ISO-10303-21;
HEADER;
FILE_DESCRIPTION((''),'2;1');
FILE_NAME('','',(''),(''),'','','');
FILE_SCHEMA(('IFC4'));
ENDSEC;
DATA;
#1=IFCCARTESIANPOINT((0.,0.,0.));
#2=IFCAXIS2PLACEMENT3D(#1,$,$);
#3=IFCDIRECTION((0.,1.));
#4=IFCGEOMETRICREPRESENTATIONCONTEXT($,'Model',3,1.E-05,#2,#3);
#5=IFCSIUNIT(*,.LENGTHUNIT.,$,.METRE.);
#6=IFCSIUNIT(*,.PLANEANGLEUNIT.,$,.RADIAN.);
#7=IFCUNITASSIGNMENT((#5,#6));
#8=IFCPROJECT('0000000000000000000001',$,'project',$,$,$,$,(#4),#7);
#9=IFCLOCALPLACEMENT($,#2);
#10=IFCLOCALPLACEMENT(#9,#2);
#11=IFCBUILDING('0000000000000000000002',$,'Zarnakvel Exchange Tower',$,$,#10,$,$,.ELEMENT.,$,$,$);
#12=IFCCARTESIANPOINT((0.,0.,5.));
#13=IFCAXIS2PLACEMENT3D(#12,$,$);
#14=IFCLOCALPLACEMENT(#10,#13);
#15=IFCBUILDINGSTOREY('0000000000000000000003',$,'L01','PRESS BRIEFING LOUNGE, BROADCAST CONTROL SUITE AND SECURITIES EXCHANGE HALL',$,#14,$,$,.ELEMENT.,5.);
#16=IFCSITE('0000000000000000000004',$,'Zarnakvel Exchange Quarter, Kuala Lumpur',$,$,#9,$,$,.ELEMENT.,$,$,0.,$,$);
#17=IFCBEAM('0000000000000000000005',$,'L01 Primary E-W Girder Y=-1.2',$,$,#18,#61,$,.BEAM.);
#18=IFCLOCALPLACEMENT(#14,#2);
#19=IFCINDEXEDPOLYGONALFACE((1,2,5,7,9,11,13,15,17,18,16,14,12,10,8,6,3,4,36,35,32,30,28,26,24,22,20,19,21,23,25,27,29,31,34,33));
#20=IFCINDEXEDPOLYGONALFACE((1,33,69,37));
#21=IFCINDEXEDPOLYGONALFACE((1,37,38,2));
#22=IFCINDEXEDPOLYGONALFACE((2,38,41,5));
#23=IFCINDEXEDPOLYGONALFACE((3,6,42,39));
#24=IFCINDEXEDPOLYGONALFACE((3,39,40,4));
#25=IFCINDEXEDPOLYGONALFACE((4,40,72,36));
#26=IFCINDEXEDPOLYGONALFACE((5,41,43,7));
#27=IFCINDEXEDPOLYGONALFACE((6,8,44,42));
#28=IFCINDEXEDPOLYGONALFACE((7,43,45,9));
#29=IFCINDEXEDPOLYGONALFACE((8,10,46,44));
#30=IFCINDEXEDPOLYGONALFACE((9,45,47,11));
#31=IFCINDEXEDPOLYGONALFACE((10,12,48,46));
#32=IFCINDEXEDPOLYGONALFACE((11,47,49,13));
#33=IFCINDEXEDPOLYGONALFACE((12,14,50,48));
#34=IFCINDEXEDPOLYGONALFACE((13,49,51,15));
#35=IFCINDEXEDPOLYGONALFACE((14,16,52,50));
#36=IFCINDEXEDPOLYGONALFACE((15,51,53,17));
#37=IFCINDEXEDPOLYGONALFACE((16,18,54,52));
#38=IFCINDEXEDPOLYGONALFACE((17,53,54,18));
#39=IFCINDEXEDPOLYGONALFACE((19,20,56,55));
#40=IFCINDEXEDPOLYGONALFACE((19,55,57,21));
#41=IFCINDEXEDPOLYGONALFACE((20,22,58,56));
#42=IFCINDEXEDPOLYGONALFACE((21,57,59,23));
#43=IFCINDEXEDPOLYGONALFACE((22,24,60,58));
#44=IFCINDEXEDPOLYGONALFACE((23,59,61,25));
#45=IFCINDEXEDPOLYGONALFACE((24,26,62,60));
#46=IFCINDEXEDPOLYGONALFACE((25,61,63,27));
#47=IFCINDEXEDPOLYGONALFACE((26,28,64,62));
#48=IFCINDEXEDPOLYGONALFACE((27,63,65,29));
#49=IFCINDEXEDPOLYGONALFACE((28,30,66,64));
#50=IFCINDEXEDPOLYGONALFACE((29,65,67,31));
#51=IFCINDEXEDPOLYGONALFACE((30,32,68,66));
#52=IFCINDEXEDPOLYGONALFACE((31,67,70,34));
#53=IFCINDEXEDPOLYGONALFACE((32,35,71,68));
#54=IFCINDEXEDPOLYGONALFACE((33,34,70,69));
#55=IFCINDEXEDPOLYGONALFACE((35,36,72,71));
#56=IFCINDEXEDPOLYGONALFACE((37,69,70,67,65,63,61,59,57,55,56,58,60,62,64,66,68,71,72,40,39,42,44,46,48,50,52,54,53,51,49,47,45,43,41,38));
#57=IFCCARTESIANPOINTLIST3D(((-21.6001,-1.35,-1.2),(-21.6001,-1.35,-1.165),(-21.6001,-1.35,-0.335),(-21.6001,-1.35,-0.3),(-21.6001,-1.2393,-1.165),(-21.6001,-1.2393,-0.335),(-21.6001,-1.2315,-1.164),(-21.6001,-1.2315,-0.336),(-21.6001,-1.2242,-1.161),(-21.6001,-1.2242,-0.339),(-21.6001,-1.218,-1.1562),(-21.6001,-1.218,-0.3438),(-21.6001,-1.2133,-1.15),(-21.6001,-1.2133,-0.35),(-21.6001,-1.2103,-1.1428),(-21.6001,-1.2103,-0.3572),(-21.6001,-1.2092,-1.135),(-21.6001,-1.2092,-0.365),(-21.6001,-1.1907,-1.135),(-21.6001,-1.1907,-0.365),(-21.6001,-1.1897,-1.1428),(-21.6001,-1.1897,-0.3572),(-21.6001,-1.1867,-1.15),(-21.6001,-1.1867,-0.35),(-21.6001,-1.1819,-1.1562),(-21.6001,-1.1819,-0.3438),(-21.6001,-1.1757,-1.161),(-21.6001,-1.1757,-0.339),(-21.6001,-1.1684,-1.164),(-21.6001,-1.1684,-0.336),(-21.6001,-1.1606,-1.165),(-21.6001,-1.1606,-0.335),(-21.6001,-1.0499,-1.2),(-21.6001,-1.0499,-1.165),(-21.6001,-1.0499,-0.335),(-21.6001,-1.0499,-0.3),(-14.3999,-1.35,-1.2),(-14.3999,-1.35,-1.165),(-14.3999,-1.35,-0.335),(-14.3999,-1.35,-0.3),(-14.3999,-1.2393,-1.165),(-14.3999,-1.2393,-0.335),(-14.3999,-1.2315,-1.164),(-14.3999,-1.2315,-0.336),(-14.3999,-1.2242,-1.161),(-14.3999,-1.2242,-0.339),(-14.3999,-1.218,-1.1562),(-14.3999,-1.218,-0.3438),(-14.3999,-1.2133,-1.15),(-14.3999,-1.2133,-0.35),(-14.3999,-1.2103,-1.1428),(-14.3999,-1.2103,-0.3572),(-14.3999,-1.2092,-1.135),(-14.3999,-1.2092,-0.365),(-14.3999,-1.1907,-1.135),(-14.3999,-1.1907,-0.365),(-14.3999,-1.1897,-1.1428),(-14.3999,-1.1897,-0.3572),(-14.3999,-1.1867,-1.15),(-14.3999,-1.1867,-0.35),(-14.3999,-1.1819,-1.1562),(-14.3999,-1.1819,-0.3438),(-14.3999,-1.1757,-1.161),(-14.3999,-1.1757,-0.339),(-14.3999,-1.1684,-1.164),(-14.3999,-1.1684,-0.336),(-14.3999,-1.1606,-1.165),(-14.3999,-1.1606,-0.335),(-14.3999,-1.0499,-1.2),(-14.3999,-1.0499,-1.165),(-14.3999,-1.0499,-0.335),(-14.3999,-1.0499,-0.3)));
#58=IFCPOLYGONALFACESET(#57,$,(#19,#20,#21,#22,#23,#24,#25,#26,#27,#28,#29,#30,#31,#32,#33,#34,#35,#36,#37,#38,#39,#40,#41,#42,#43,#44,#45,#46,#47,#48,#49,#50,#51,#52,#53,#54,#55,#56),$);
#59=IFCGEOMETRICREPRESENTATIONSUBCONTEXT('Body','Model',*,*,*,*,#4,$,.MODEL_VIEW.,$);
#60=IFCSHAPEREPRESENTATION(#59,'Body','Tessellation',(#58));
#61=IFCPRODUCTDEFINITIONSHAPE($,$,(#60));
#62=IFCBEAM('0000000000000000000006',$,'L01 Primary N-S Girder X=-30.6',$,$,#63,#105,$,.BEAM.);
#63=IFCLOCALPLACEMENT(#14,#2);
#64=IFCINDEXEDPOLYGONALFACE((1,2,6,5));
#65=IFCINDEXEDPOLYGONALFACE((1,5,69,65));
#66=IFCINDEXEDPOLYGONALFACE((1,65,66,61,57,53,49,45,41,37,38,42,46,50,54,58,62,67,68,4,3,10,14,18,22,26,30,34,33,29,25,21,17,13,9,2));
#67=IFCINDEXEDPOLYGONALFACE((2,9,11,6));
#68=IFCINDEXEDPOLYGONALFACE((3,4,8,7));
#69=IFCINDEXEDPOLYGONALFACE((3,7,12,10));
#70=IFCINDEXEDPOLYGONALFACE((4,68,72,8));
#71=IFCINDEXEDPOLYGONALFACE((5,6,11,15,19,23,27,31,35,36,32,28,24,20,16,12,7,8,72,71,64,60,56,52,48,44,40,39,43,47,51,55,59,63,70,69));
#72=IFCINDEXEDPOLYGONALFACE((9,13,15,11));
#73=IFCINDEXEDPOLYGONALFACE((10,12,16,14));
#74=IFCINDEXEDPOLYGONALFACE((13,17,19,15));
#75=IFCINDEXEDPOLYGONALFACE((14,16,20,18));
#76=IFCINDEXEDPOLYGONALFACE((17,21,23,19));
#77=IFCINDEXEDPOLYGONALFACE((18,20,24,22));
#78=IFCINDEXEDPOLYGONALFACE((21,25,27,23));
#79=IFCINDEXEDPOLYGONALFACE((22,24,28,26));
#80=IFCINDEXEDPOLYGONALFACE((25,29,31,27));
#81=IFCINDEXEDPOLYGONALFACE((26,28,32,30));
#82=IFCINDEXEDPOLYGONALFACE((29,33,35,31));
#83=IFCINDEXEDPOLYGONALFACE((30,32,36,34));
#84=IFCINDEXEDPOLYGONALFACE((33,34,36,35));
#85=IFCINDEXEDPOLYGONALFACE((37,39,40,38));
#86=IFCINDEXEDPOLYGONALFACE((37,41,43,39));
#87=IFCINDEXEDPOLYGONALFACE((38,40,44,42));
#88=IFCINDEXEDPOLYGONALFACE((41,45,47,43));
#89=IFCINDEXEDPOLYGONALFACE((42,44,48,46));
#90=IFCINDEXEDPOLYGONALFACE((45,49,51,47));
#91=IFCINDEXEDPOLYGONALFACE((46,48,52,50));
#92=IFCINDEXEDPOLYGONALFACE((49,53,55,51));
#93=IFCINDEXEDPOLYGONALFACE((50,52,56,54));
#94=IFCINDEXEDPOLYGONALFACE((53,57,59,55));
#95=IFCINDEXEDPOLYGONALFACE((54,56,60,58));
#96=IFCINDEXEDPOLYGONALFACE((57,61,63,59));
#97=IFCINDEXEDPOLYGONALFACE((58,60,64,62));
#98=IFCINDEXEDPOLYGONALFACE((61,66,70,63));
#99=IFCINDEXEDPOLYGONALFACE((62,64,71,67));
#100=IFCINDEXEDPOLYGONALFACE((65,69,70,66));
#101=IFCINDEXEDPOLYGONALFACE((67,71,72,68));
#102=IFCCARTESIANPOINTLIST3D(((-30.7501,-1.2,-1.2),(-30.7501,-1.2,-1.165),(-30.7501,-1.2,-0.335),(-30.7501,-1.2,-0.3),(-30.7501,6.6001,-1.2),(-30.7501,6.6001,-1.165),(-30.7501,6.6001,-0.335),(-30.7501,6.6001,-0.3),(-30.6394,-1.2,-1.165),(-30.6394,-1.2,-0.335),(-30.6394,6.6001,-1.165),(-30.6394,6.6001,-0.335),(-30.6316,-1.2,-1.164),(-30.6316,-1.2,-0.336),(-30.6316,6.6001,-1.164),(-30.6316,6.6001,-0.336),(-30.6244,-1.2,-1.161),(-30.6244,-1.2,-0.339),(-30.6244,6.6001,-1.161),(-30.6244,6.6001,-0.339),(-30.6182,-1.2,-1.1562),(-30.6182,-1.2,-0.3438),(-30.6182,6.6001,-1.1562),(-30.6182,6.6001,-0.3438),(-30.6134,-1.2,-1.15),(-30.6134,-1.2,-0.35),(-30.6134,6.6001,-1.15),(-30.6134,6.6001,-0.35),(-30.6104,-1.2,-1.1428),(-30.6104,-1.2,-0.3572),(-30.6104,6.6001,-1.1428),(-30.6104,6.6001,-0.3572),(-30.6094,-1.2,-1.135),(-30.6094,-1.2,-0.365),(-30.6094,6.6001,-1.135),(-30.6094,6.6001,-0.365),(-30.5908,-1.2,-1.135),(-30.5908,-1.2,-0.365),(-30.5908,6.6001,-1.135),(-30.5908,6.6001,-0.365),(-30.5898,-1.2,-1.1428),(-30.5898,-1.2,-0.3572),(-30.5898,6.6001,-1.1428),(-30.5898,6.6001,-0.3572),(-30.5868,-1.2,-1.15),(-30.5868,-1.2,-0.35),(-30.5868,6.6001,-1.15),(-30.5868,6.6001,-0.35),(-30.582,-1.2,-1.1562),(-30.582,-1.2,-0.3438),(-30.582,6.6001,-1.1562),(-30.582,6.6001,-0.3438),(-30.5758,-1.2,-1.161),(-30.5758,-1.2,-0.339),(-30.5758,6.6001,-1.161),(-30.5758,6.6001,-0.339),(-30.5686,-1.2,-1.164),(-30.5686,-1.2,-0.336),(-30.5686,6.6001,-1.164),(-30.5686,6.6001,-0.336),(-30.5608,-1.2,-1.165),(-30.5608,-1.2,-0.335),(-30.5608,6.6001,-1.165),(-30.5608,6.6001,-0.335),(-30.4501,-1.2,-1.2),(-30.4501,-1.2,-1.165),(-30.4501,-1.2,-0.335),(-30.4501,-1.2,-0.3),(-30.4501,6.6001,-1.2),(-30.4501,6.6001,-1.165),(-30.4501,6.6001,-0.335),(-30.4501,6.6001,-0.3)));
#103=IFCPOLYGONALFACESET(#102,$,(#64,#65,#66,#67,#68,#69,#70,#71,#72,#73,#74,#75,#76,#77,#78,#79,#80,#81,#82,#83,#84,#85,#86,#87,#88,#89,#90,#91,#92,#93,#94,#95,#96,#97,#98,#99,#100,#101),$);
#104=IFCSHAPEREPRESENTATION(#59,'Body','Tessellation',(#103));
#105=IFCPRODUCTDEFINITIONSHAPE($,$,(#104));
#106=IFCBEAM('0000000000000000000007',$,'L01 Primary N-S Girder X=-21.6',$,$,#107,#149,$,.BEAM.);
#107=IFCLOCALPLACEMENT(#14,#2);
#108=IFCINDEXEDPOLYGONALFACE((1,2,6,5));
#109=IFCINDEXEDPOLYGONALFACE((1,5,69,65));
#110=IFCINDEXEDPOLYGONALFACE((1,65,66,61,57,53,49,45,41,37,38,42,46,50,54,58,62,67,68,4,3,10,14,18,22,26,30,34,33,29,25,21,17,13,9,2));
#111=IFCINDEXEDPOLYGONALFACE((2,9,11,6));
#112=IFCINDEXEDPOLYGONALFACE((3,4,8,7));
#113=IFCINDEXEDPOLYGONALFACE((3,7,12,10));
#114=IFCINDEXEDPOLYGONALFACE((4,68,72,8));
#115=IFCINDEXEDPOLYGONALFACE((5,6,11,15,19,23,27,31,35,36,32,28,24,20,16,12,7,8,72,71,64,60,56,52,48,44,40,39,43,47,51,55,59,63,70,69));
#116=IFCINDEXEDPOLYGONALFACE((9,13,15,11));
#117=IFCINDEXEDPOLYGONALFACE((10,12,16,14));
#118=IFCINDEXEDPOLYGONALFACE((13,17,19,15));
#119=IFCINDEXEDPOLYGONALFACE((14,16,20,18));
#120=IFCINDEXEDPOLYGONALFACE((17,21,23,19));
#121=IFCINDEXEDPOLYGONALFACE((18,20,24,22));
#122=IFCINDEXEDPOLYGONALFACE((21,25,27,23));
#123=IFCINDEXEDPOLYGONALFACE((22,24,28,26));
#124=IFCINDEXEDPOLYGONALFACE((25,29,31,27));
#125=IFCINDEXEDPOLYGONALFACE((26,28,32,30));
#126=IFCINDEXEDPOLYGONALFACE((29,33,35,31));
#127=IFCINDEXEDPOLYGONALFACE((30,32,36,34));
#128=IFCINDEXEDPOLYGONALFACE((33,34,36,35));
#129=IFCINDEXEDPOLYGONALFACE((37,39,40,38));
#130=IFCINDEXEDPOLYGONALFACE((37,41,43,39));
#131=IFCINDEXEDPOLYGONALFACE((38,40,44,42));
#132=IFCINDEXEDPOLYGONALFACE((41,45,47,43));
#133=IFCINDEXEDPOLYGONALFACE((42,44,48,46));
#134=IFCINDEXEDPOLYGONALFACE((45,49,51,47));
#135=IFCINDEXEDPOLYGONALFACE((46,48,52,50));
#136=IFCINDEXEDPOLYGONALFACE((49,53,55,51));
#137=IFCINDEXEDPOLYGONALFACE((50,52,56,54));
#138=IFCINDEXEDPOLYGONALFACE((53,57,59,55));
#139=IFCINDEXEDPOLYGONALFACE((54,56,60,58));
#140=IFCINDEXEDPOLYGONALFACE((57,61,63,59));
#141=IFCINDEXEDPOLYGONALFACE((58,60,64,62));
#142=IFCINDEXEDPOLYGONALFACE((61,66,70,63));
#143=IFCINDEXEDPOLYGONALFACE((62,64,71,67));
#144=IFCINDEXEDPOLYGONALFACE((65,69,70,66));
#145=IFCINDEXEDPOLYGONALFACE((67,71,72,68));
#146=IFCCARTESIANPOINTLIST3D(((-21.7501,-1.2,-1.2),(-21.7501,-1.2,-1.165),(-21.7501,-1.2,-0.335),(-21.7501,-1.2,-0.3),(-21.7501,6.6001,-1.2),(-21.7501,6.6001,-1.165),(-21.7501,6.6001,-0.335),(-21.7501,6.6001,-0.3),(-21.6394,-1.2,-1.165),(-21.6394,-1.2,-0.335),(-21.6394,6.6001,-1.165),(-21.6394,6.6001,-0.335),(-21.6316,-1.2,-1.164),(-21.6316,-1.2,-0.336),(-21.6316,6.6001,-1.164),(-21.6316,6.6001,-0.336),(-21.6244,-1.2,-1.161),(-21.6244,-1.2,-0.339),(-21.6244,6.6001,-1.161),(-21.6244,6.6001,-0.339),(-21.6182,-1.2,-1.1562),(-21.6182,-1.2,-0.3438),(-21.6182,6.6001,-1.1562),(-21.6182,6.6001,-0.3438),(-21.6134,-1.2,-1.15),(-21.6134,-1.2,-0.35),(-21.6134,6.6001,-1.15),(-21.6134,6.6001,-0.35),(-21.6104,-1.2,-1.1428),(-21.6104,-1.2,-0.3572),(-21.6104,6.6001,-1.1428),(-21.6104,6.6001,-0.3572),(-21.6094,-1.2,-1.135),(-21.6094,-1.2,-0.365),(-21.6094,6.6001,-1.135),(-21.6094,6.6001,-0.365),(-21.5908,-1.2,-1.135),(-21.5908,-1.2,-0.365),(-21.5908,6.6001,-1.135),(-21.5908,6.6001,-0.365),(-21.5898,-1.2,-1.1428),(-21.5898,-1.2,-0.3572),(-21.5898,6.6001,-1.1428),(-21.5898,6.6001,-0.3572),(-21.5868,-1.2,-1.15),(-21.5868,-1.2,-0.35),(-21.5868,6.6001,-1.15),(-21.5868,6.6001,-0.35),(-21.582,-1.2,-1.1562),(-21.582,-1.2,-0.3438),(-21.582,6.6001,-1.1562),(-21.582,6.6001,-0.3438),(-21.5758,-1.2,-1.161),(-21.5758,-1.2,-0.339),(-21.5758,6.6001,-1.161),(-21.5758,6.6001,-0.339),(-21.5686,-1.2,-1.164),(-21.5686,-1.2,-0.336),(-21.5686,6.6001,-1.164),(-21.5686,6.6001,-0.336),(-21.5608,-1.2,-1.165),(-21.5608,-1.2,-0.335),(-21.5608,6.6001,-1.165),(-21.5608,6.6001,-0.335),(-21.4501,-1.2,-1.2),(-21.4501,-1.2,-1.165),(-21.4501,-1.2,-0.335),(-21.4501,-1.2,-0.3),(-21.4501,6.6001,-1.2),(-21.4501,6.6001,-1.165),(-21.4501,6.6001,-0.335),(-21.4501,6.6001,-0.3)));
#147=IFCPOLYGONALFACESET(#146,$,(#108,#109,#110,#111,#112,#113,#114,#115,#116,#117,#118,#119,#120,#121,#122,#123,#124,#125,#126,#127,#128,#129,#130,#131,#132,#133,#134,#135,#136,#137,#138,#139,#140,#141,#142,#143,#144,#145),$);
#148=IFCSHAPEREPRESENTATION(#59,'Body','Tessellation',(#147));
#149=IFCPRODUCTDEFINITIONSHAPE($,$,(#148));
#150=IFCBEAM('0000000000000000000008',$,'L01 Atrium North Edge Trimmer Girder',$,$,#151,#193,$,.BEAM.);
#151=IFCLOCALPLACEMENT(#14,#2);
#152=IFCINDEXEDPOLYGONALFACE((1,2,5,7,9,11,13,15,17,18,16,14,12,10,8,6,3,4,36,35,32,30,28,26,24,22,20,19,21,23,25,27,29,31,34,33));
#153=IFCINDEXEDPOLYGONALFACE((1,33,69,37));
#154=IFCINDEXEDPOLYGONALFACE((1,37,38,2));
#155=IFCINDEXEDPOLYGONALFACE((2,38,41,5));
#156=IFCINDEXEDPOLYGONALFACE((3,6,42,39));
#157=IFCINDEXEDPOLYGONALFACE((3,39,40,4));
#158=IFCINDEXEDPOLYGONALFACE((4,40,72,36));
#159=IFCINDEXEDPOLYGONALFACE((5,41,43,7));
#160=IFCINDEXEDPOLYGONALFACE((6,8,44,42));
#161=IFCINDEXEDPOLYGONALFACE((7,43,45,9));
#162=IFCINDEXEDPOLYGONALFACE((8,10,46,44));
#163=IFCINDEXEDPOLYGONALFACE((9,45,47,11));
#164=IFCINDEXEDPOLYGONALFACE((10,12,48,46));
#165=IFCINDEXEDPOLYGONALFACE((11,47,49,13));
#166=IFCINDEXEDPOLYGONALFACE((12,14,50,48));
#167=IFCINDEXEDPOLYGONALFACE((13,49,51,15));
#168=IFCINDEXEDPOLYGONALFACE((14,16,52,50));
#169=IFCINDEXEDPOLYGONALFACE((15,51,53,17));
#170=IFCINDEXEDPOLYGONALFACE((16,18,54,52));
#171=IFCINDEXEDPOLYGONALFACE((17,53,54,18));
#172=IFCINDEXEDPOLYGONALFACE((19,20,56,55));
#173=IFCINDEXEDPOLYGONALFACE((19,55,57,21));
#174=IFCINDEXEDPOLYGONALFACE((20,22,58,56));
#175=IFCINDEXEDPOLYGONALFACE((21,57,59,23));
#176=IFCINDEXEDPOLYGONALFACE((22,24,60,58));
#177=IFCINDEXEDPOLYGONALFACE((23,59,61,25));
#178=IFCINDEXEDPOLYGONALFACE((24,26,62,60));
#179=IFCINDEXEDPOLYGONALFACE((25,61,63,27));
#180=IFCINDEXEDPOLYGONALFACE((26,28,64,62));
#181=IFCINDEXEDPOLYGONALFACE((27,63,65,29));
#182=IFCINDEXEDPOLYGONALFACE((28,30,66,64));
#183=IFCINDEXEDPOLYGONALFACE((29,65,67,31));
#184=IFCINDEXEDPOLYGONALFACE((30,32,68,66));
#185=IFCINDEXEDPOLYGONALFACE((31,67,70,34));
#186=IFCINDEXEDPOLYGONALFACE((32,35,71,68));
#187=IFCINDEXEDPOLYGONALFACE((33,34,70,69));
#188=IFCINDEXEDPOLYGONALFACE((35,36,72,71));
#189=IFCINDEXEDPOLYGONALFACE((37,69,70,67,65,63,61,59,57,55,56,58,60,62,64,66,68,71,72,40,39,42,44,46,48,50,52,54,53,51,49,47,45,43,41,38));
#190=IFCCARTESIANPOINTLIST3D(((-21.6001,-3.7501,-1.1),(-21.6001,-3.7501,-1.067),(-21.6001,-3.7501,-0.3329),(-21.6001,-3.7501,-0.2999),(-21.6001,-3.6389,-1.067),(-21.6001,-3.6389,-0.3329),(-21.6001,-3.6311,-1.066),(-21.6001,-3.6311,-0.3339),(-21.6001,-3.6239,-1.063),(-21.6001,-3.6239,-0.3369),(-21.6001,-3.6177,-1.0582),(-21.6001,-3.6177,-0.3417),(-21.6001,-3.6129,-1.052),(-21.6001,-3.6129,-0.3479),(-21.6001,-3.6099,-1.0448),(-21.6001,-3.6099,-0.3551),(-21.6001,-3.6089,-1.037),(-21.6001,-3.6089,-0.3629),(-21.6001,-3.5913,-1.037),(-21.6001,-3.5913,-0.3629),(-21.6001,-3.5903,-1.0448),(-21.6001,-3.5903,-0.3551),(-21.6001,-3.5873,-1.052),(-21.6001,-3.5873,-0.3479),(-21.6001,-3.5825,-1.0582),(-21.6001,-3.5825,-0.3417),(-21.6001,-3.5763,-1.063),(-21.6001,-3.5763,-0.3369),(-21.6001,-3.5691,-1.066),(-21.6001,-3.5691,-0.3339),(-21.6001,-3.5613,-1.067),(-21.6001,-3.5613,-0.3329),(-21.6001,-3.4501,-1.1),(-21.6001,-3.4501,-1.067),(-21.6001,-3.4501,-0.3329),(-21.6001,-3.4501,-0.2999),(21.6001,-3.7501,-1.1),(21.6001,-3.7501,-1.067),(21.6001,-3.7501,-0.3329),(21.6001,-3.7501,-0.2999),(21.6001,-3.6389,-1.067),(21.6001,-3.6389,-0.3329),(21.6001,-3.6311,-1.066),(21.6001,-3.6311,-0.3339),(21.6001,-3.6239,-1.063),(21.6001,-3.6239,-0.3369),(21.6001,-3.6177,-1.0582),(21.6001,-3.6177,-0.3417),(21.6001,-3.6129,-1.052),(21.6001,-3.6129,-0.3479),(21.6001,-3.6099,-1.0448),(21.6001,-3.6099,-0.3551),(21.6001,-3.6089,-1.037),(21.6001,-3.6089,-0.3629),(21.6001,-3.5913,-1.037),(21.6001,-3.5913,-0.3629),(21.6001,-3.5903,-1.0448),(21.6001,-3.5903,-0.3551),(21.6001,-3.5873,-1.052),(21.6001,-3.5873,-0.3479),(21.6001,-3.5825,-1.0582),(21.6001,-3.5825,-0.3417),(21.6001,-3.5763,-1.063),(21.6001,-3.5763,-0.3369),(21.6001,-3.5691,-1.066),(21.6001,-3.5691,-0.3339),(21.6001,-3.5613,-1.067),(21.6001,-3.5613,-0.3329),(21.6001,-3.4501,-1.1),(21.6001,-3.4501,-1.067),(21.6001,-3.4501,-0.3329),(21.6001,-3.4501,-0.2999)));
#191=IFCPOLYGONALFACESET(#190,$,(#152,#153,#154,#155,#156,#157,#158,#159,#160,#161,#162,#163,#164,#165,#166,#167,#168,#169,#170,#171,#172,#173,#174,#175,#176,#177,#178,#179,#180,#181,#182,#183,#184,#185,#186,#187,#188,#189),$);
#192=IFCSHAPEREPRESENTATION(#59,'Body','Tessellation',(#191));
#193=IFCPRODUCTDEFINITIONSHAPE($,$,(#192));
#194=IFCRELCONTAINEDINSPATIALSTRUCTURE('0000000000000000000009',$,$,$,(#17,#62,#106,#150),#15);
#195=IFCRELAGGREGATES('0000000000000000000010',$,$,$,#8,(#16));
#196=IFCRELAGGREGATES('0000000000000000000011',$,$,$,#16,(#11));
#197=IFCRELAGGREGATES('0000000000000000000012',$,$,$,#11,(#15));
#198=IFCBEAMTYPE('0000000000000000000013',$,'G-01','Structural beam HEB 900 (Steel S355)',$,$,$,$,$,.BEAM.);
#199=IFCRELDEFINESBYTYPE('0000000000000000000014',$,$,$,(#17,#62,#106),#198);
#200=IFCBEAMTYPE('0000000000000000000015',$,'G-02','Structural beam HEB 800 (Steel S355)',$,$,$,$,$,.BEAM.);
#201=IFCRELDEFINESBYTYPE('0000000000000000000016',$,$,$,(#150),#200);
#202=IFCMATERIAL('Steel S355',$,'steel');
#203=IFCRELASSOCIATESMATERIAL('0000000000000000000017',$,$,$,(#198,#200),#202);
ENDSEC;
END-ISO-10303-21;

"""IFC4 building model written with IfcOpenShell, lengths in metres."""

from ifc_helpers import new_model, si_unit, direction, frame, origin, origin_2d, place, context, subcontext, project, spatial, i_section, extrude, material, material_profile, profile_set, type_object, element, save


model = new_model("IFC4")

# Units and contexts
model_context = context("Model", 3, precision=1e-05, world=origin(), true_north=direction((0.0, 1.0)))
body_context = subcontext(model_context, "Body", "Model", "MODEL_VIEW")
ifc_project = project(units=[si_unit("LENGTHUNIT", "METRE"), si_unit("PLANEANGLEUNIT", "RADIAN")], contexts=[model_context])

# Site, building, storey
site_placement = place(None, origin())
site = spatial("IfcSite", under=ifc_project, at=site_placement, Name="Zarnakvel Exchange Quarter, Kuala Lumpur", CompositionType="ELEMENT", RefElevation=0.0)
building_placement = place(site_placement, origin())
building = spatial("IfcBuilding", under=site, at=building_placement, Name="Zarnakvel Exchange Tower", CompositionType="ELEMENT")
storey_placement = place(building_placement, frame((0.0, 0.0, 5.0)))
storey = spatial("IfcBuildingStorey", under=building, at=storey_placement, Name="L01", Description="PRESS BRIEFING LOUNGE, BROADCAST CONTROL SUITE AND SECURITIES EXCHANGE HALL", CompositionType="ELEMENT", Elevation=5.0)

# Beams
ifc_material_1 = material(Name="Steel S355", Category="steel")
ifc_material_profile_1 = material_profile(ifc_material_1, i_section(OverallWidth=0.3, OverallDepth=0.8999, WebThickness=0.0186, FlangeThickness=0.0349, FilletRadius=0.03, at=origin_2d()))
ifc_profile_set_1 = profile_set([ifc_material_profile_1], Name="Steel S355")
beam_type_1 = type_object("IfcBeamType", Name="G-01", Description="Structural beam HEB 900 (Steel S355)", PredefinedType="BEAM", material=ifc_profile_set_1)
beam_1_placement = place(storey_placement, frame((-21.6001, -1.2, -0.75), z_axis=(1.0, 0.0, 0.0), x_axis=(0.0, 1.0, 0.0)))
element("IfcBeam", 1, at=beam_1_placement, inside=storey, type_object=beam_type_1, Name="L01 Primary E-W Girder Y=-1.2", PredefinedType="BEAM", context=body_context, shape_type="SweptSolid", body=[
    extrude(i_section(OverallWidth=0.3, OverallDepth=0.8999, WebThickness=0.0186, FlangeThickness=0.0349, FilletRadius=0.03, at=origin_2d()), origin(), (0.0, 0.0, 1.0), 7.2002),
])
for number, where, z_axis, x_axis, name in (
    (2, (-30.6001, -1.2, -0.75), (0.0, 1.0, 0.0), (-1.0, 0.0, 0.0), "L01 Primary N-S Girder X=-30.6"),
    (3, (-21.6001, -1.2, -0.75), (0.0, 1.0, 0.0), (-1.0, 0.0, 0.0), "L01 Primary N-S Girder X=-21.6"),
):
    element("IfcBeam", number, at=place(storey_placement, frame(where, z_axis=z_axis, x_axis=x_axis)), inside=storey, type_object=beam_type_1, Name=name, PredefinedType="BEAM", context=body_context, shape_type="SweptSolid", body=[
        extrude(i_section(OverallWidth=0.3, OverallDepth=0.8999, WebThickness=0.0186, FlangeThickness=0.0349, FilletRadius=0.03, at=origin_2d()), origin(), (0.0, 0.0, 1.0), 7.8),
    ])
ifc_material_profile_2 = material_profile(ifc_material_1, i_section(OverallWidth=0.3, OverallDepth=0.8, WebThickness=0.0176, FlangeThickness=0.033, FilletRadius=0.03, at=origin_2d()))
ifc_profile_set_2 = profile_set([ifc_material_profile_2], Name="Steel S355")
beam_type_2 = type_object("IfcBeamType", Name="G-02", Description="Structural beam HEB 800 (Steel S355)", PredefinedType="BEAM", material=ifc_profile_set_2)
beam_2_placement = place(storey_placement, frame((-21.6001, -3.6001, -0.7), z_axis=(1.0, 0.0, 0.0), x_axis=(0.0, 1.0, 0.0)))
element("IfcBeam", 4, at=beam_2_placement, inside=storey, type_object=beam_type_2, Name="L01 Atrium North Edge Trimmer Girder", PredefinedType="BEAM", context=body_context, shape_type="SweptSolid", body=[
    extrude(i_section(OverallWidth=0.3, OverallDepth=0.8, WebThickness=0.0176, FlangeThickness=0.033, FilletRadius=0.03, at=origin_2d()), origin(), (0.0, 0.0, 1.0), 43.2002),
])

save(model, "model.ifc")
